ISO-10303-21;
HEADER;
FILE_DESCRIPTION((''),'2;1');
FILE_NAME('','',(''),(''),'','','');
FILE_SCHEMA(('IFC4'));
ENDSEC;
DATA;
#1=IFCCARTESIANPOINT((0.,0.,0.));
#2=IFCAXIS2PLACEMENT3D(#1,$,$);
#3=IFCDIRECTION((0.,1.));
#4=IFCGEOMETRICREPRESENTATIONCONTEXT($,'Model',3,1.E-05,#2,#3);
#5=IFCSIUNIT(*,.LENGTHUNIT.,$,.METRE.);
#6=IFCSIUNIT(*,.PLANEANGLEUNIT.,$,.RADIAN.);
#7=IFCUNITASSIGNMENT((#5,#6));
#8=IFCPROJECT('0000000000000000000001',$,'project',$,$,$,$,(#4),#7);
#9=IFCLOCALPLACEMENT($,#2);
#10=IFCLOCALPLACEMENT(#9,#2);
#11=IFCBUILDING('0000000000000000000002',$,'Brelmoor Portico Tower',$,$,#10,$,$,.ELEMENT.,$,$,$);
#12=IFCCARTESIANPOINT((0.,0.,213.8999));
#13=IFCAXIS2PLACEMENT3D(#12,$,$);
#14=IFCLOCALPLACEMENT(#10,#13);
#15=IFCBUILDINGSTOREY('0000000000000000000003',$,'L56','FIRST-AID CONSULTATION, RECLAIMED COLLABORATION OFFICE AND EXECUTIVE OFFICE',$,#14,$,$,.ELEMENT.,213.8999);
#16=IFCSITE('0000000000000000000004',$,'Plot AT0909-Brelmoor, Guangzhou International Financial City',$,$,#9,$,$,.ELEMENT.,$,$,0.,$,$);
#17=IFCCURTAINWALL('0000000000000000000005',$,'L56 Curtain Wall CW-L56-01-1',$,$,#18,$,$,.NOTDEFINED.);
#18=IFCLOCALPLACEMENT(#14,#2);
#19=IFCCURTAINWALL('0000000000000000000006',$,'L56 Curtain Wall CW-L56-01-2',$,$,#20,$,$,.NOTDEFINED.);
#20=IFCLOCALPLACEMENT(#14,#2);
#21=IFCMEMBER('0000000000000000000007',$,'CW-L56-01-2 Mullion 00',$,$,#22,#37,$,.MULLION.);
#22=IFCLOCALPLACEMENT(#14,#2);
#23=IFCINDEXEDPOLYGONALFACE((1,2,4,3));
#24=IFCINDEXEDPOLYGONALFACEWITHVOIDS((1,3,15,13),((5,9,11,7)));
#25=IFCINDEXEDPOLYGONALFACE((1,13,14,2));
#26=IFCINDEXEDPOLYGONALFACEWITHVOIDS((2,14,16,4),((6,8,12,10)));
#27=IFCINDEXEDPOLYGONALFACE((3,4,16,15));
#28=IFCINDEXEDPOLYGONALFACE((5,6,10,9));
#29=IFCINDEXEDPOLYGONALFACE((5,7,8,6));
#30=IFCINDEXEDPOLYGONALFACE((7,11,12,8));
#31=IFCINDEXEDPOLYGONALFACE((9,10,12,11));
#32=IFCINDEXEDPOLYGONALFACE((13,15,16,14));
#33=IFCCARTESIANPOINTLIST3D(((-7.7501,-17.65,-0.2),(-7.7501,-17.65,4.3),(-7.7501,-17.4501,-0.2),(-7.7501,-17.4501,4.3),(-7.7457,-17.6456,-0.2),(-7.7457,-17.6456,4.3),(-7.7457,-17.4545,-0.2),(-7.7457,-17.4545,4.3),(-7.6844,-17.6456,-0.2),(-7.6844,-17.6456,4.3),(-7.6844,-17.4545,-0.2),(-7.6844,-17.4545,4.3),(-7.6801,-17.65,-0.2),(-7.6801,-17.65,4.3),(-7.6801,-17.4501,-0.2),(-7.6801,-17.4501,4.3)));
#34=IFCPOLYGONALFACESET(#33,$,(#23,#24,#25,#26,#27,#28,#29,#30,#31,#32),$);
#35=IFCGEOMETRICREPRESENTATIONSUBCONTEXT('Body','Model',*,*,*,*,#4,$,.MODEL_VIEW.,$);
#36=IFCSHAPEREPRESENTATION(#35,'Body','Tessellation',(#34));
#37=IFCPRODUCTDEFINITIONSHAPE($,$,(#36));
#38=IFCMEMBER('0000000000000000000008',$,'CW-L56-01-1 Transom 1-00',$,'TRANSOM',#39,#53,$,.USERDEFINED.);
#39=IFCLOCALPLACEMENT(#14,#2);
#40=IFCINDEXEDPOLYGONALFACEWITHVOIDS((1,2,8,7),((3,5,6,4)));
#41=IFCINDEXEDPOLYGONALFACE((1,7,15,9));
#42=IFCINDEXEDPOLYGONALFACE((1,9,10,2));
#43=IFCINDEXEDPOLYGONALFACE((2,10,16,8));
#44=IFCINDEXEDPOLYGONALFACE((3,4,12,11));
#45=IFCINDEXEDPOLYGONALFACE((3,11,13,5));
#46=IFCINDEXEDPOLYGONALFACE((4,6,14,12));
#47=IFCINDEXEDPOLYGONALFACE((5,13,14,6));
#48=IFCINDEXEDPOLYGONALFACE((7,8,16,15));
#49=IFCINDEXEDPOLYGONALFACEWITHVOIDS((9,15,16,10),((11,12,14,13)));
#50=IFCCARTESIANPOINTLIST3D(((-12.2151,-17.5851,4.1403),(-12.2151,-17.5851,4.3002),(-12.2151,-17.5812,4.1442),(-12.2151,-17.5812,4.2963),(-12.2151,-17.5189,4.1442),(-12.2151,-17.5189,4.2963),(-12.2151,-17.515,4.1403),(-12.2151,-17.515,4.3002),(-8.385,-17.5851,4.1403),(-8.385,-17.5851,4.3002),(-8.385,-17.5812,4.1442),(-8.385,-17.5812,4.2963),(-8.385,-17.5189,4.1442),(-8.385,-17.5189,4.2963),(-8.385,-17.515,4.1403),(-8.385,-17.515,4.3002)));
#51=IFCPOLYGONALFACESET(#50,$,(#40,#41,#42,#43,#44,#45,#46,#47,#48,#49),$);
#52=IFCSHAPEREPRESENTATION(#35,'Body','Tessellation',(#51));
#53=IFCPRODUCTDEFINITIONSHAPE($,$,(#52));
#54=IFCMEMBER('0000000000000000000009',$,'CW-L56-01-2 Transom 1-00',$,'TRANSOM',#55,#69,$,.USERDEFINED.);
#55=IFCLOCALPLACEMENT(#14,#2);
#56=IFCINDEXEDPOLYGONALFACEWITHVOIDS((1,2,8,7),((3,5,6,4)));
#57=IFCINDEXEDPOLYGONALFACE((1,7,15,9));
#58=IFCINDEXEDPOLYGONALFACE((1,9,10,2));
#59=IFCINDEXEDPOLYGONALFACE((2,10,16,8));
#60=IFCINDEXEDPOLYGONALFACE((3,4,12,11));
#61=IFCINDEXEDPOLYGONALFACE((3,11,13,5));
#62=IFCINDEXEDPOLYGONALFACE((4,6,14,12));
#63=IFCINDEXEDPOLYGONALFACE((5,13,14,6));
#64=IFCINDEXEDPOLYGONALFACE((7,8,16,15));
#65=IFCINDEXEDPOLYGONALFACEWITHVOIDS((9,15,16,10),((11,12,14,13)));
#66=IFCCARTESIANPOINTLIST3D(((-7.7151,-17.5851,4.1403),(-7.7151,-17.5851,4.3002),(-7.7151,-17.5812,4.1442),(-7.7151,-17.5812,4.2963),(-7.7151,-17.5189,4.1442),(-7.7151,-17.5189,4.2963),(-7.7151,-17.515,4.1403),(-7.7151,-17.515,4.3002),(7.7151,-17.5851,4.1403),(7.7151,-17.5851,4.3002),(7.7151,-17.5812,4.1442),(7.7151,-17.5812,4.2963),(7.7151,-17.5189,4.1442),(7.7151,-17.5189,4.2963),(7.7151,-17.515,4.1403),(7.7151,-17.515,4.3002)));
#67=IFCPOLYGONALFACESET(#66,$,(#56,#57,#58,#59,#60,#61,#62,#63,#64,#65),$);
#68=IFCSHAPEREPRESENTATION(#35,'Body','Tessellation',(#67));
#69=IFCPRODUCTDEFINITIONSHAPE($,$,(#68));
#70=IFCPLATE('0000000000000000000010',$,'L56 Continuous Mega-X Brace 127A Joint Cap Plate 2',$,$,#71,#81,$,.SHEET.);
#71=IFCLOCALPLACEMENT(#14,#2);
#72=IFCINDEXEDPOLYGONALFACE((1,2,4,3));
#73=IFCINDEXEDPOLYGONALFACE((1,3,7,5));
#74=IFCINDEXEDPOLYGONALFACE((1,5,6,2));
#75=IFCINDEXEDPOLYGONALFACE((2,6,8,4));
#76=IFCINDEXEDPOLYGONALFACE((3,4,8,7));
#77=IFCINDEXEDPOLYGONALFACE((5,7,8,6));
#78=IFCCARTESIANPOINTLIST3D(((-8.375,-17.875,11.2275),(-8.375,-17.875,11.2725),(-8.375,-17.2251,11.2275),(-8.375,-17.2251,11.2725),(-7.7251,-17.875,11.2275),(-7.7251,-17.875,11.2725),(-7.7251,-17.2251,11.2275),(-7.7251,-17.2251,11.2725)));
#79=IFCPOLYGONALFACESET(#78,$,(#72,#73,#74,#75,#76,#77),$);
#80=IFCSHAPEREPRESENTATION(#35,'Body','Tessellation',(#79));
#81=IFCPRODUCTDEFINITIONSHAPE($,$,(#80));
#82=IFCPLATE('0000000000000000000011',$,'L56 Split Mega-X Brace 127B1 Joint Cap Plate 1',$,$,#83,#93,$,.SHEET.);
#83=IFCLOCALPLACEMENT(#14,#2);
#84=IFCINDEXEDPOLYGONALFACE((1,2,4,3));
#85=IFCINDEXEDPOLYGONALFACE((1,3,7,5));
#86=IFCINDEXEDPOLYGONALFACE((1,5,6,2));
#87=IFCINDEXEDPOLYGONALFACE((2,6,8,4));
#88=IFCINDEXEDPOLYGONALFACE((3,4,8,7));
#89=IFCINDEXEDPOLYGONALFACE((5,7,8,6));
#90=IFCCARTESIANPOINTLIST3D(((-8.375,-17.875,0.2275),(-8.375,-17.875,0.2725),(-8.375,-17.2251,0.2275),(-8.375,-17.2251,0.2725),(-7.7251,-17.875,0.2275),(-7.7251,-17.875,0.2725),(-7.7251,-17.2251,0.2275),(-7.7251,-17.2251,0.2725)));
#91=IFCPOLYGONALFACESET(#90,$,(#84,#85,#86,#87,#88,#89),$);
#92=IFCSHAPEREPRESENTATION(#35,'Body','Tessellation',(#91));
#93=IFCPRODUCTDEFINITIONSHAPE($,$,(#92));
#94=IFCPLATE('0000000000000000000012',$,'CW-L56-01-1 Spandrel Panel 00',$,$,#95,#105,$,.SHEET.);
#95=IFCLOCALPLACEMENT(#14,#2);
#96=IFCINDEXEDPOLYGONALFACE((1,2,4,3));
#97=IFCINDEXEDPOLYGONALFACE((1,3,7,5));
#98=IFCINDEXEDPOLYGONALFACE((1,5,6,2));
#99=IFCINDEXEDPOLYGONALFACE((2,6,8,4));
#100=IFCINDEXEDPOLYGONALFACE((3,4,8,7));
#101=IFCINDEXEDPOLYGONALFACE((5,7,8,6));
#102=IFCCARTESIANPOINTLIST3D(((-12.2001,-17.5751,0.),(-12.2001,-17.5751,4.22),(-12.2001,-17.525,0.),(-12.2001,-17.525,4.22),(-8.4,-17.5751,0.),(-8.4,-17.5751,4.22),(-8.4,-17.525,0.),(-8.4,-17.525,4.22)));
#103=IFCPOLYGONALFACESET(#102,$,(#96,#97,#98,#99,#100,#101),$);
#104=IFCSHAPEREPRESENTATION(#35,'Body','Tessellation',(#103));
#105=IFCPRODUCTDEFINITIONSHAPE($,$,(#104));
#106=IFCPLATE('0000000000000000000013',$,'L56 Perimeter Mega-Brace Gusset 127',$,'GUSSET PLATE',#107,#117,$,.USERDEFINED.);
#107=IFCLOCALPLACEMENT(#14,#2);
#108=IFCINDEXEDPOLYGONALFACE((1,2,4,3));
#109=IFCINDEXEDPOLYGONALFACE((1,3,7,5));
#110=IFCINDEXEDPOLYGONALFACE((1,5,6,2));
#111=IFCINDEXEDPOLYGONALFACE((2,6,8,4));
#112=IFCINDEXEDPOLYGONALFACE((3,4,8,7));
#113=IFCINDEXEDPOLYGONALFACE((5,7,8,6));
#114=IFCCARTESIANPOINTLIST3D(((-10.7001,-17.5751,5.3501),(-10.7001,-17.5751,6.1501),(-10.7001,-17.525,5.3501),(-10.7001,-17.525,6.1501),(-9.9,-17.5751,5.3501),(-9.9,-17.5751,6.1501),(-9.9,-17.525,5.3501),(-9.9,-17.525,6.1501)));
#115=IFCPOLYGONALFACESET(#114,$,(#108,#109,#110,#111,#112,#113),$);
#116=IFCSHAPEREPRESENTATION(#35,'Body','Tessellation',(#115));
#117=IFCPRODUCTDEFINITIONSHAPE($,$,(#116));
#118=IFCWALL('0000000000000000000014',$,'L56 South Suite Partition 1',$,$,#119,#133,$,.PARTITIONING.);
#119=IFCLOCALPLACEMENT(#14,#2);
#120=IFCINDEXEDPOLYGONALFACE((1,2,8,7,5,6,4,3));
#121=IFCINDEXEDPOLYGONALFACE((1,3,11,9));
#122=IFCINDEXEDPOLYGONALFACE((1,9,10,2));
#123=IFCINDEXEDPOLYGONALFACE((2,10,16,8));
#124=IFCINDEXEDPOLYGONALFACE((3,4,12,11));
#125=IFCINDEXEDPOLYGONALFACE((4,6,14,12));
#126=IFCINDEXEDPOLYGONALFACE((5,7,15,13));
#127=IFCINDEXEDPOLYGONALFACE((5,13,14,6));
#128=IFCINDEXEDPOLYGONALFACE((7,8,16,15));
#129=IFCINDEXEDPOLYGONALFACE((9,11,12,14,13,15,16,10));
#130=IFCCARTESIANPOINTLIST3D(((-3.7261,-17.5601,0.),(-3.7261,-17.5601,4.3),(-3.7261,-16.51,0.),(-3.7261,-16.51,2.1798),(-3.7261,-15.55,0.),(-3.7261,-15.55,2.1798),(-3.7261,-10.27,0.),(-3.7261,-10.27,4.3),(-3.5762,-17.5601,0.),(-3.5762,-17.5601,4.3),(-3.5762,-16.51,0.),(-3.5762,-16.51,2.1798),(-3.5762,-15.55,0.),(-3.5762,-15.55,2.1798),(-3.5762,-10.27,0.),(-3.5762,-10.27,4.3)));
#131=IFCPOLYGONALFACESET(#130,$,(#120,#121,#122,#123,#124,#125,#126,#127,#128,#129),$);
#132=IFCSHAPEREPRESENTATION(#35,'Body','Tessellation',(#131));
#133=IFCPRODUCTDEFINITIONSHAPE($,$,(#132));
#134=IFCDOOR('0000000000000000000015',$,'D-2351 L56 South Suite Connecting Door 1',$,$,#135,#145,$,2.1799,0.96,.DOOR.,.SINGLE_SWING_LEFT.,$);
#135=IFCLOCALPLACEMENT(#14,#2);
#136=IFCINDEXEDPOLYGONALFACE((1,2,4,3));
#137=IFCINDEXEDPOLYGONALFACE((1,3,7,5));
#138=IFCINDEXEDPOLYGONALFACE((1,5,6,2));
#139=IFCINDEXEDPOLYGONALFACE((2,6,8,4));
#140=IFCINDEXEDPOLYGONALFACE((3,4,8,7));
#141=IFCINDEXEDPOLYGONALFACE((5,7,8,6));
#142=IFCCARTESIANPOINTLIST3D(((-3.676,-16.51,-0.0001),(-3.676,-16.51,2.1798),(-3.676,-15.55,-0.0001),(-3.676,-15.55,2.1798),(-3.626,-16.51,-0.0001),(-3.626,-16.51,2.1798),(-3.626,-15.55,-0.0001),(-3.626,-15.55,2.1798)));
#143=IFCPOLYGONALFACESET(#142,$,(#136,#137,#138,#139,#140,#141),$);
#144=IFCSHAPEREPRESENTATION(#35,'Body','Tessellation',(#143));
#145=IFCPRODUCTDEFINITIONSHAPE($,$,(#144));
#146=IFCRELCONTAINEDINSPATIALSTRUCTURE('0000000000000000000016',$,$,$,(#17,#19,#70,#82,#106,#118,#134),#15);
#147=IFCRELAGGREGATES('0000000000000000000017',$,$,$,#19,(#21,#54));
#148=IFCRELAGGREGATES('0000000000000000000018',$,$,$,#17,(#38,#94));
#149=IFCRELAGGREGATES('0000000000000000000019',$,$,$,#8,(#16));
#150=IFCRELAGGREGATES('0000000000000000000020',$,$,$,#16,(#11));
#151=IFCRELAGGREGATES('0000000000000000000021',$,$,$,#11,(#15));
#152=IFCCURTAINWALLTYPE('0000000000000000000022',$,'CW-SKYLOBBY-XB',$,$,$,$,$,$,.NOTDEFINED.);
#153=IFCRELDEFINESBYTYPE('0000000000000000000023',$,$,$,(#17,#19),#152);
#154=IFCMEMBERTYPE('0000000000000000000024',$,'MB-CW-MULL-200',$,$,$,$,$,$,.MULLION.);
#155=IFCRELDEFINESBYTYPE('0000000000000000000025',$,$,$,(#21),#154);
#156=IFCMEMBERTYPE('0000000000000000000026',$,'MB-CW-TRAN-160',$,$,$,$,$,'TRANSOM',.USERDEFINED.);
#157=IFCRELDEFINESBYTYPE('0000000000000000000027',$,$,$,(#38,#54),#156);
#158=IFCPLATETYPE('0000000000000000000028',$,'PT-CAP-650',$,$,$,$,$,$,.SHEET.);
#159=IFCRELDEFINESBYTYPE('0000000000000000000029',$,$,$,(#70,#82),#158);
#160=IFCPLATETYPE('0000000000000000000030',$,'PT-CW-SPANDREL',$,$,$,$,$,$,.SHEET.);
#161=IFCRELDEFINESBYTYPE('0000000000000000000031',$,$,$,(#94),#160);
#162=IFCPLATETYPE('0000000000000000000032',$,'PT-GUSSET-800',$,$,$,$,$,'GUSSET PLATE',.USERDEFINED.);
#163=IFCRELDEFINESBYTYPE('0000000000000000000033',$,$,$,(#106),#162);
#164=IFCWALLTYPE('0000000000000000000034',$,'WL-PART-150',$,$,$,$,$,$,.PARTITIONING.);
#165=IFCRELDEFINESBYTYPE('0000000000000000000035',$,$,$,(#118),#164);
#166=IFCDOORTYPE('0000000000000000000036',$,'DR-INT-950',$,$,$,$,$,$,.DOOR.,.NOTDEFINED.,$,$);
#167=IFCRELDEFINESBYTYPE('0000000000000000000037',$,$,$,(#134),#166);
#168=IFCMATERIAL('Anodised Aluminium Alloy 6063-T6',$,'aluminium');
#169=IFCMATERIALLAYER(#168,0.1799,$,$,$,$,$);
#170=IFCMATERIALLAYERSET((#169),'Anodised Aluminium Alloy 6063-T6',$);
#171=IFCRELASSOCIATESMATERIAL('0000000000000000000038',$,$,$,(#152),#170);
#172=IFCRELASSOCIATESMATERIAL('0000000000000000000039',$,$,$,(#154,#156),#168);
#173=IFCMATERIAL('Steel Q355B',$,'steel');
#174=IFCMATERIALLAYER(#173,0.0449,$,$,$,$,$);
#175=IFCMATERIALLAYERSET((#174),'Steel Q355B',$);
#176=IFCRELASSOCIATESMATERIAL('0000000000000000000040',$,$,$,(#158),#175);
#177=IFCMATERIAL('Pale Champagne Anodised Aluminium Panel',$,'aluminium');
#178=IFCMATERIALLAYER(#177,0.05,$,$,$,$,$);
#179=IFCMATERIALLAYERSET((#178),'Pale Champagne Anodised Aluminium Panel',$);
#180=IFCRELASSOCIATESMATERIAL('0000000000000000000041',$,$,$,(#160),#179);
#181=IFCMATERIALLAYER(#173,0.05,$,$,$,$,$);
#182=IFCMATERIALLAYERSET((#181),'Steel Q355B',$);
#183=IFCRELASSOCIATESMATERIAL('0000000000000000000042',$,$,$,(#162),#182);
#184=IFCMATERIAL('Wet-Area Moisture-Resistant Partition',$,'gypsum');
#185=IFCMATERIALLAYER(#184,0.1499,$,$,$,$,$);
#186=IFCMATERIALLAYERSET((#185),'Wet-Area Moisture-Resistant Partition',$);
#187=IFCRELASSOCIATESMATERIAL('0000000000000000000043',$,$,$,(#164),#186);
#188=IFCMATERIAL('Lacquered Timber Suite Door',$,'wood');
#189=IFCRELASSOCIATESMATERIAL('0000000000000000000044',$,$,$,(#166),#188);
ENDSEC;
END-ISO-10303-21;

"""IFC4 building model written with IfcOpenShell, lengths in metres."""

from ifc_helpers import new_model, si_unit, direction, frame, frame_2d, origin, origin_2d, place, context, subcontext, project, spatial, rectangle, hollow_rectangle, extrude, material, layer, layer_set, material_profile, profile_set, type_object, element, fill, aggregate, save


model = new_model("IFC4")

# Units and contexts
model_context = context("Model", 3, precision=1e-05, world=origin(), true_north=direction((0.0, 1.0)))
body_context = subcontext(model_context, "Body", "Model", "MODEL_VIEW")
ifc_project = project(units=[si_unit("LENGTHUNIT", "METRE"), si_unit("PLANEANGLEUNIT", "RADIAN")], contexts=[model_context])

# Site, building, storey
site_placement = place(None, origin())
site = spatial("IfcSite", under=ifc_project, at=site_placement, Name="Plot AT0909-Brelmoor, Guangzhou International Financial City", CompositionType="ELEMENT", RefElevation=0.0)
building_placement = place(site_placement, origin())
building = spatial("IfcBuilding", under=site, at=building_placement, Name="Brelmoor Portico Tower", CompositionType="ELEMENT")
storey_placement = place(building_placement, frame((0.0, 0.0, 213.8999)))
storey = spatial("IfcBuildingStorey", under=building, at=storey_placement, Name="L56", Description="FIRST-AID CONSULTATION, RECLAIMED COLLABORATION OFFICE AND EXECUTIVE OFFICE", CompositionType="ELEMENT", Elevation=213.8999)

# Shared definitions
ifc_material_1 = material(Name="Steel Q355B", Category="steel")

# Curtain wall
ifc_material_2 = material(Name="Anodised Aluminium Alloy 6063-T6", Category="aluminium")
ifc_layer_1 = layer(ifc_material_2, 0.1799)
ifc_layer_set_1 = layer_set([ifc_layer_1], Name="Anodised Aluminium Alloy 6063-T6")
curtain_wall_type = type_object("IfcCurtainWallType", Name="CW-SKYLOBBY-XB", PredefinedType="NOTDEFINED", material=ifc_layer_set_1)
curtain_wall_1_placement = place(storey_placement, origin())
curtain_wall_1 = element("IfcCurtainWall", 1, at=curtain_wall_1_placement, inside=storey, type_object=curtain_wall_type, Name="L56 Curtain Wall CW-L56-01-1", PredefinedType="NOTDEFINED")
ifc_material_profile_1 = material_profile(ifc_material_2, hollow_rectangle(XDim=0.0701, YDim=0.2, WallThickness=0.0044, at=origin_2d()), Name="ALU MULLION 70x200")
ifc_profile_set_1 = profile_set([ifc_material_profile_1], Name="Anodised Aluminium Alloy 6063-T6")
member_type_1 = type_object("IfcMemberType", Name="MB-CW-MULL-200", PredefinedType="MULLION", material=ifc_profile_set_1)

# Curtain wall, member
curtain_wall_2_placement = place(storey_placement, origin())
curtain_wall_2 = element("IfcCurtainWall", 2, at=curtain_wall_2_placement, inside=storey, type_object=curtain_wall_type, Name="L56 Curtain Wall CW-L56-01-2", PredefinedType="NOTDEFINED")
member_1_placement = place(storey_placement, frame((-7.7151, -17.55, -0.2), z_axis=(0.0, 0.0, 1.0), x_axis=(1.0, 0.0, 0.0)))
member_1 = element("IfcMember", 3, at=member_1_placement, type_object=member_type_1, Name="CW-L56-01-2 Mullion 00", PredefinedType="MULLION", context=body_context, shape_type="SweptSolid", body=[
    extrude(hollow_rectangle(XDim=0.0701, YDim=0.2, WallThickness=0.0044, at=origin_2d()), origin(), (0.0, 0.0, 1.0), 4.5),
])

# Members
ifc_material_profile_2 = material_profile(ifc_material_2, hollow_rectangle(XDim=0.0701, YDim=0.1599, WallThickness=0.0039, at=origin_2d()), Name="ALU TRANSOM 70x160")
ifc_profile_set_2 = profile_set([ifc_material_profile_2], Name="Anodised Aluminium Alloy 6063-T6")
member_type_2 = type_object("IfcMemberType", Name="MB-CW-TRAN-160", ElementType="TRANSOM", PredefinedType="USERDEFINED", material=ifc_profile_set_2)
member_2_placement = place(storey_placement, frame((-12.2151, -17.55, 4.2202), z_axis=(1.0, 0.0, 0.0), x_axis=(0.0, 1.0, 0.0)))
member_2 = element("IfcMember", 4, at=member_2_placement, type_object=member_type_2, Name="CW-L56-01-1 Transom 1-00", ObjectType="TRANSOM", PredefinedType="USERDEFINED", context=body_context, shape_type="SweptSolid", body=[
    extrude(hollow_rectangle(XDim=0.0701, YDim=0.1599, WallThickness=0.0039, at=origin_2d()), origin(), (0.0, 0.0, 1.0), 3.8301),
])
member_3_placement = place(storey_placement, frame((-7.7151, -17.55, 4.2202), z_axis=(1.0, 0.0, 0.0), x_axis=(0.0, 1.0, 0.0)))
member_3 = element("IfcMember", 5, at=member_3_placement, type_object=member_type_2, Name="CW-L56-01-2 Transom 1-00", ObjectType="TRANSOM", PredefinedType="USERDEFINED", context=body_context, shape_type="SweptSolid", body=[
    extrude(hollow_rectangle(XDim=0.0701, YDim=0.1599, WallThickness=0.0039, at=origin_2d()), origin(), (0.0, 0.0, 1.0), 15.4302),
])
aggregate(curtain_wall_2, [member_1, member_3])

# Plates
ifc_layer_2 = layer(ifc_material_1, 0.0449)
ifc_layer_set_2 = layer_set([ifc_layer_2], Name="Steel Q355B")
plate_type_1 = type_object("IfcPlateType", Name="PT-CAP-650", PredefinedType="SHEET", material=ifc_layer_set_2)
for number, where, z_axis, x_axis, name in (
    (6, (-8.05, -17.55, 11.2275), (0.0, 0.0, 1.0), (1.0, 0.0, 0.0), "L56 Continuous Mega-X Brace 127A Joint Cap Plate 2"),
    (7, (-8.05, -17.55, 0.2275), (0.0, 0.0, 1.0), (1.0, 0.0, 0.0), "L56 Split Mega-X Brace 127B1 Joint Cap Plate 1"),
):
    element("IfcPlate", number, at=place(storey_placement, frame(where, z_axis=z_axis, x_axis=x_axis)), inside=storey, type_object=plate_type_1, Name=name, PredefinedType="SHEET", context=body_context, shape_type="SweptSolid", body=[
        extrude(rectangle(XDim=0.6499, YDim=0.6499, at=origin_2d()), origin(), (0.0, 0.0, 1.0), 0.0449),
    ])

# Plates
ifc_material_3 = material(Name="Pale Champagne Anodised Aluminium Panel", Category="aluminium")
ifc_layer_3 = layer(ifc_material_3, 0.05)
ifc_layer_set_3 = layer_set([ifc_layer_3], Name="Pale Champagne Anodised Aluminium Panel")
plate_type_2 = type_object("IfcPlateType", Name="PT-CW-SPANDREL", PredefinedType="SHEET", material=ifc_layer_set_3)
plate_1_placement = place(storey_placement, frame((-10.3, -17.55, 0.0), z_axis=(0.0, 0.0, 1.0), x_axis=(1.0, 0.0, 0.0)))
plate_1 = element("IfcPlate", 8, at=plate_1_placement, type_object=plate_type_2, Name="CW-L56-01-1 Spandrel Panel 00", PredefinedType="SHEET", context=body_context, shape_type="SweptSolid", body=[
    extrude(rectangle(XDim=3.8, YDim=0.05, at=origin_2d()), origin(), (0.0, 0.0, 1.0), 4.22),
])
aggregate(curtain_wall_1, [member_2, plate_1])
ifc_layer_4 = layer(ifc_material_1, 0.05)
ifc_layer_set_4 = layer_set([ifc_layer_4], Name="Steel Q355B")
plate_type_3 = type_object("IfcPlateType", Name="PT-GUSSET-800", ElementType="GUSSET PLATE", PredefinedType="USERDEFINED", material=ifc_layer_set_4)
plate_2_placement = place(storey_placement, frame((-10.3, -17.55, 5.3501), z_axis=(0.0, 0.0, 1.0), x_axis=(1.0, 0.0, 0.0)))
element("IfcPlate", 9, at=plate_2_placement, inside=storey, type_object=plate_type_3, Name="L56 Perimeter Mega-Brace Gusset 127", ObjectType="GUSSET PLATE", PredefinedType="USERDEFINED", context=body_context, shape_type="SweptSolid", body=[
    extrude(rectangle(XDim=0.8, YDim=0.05, at=origin_2d()), origin(), (0.0, 0.0, 1.0), 0.8),
])

# Wall, opening, door
ifc_material_4 = material(Name="Wet-Area Moisture-Resistant Partition", Category="gypsum")
ifc_layer_5 = layer(ifc_material_4, 0.1499)
ifc_layer_set_5 = layer_set([ifc_layer_5], Name="Wet-Area Moisture-Resistant Partition")
wall_type = type_object("IfcWallType", Name="WL-PART-150", PredefinedType="PARTITIONING", material=ifc_layer_set_5)
wall_placement = place(storey_placement, frame((-3.6511, -17.5601, 0.0), z_axis=(0.0, 0.0, 1.0), x_axis=(0.0, 1.0, 0.0)))
wall = element("IfcWall", 10, at=wall_placement, inside=storey, type_object=wall_type, Name="L56 South Suite Partition 1", PredefinedType="PARTITIONING", context=body_context, shape_type="SweptSolid", body=[
    extrude(rectangle(XDim=7.29, YDim=0.1499, at=frame_2d((3.645, 0.0))), origin(), (0.0, 0.0, 1.0), 4.3),
])
opening_placement = place(wall_placement, frame((1.05, 0.0, 0.0)))
opening = element("IfcOpeningElement", 11, at=opening_placement, cuts=wall, PredefinedType="OPENING", context=body_context, shape_type="SweptSolid", body=[
    extrude(rectangle(XDim=0.96, YDim=2.1799, at=frame_2d((0.48, 1.0898))), frame((0.0, 0.085, 0.0), z_axis=(0.0, -1.0, 0.0), x_axis=(1.0, 0.0, 0.0)), (0.0, 0.0, 1.0), 0.1699),
])
ifc_material_5 = material(Name="Lacquered Timber Suite Door", Category="wood")
door_type = type_object("IfcDoorType", Name="DR-INT-950", OperationType="NOTDEFINED", PredefinedType="DOOR", material=ifc_material_5)
door_placement = place(opening_placement, origin())
door = element("IfcDoor", 12, at=door_placement, inside=storey, type_object=door_type, Name="D-2351 L56 South Suite Connecting Door 1", OperationType="SINGLE_SWING_LEFT", OverallHeight=2.1799, OverallWidth=0.96, PredefinedType="DOOR", context=body_context, shape_type="SweptSolid", body=[
    extrude(rectangle(XDim=0.96, YDim=2.1799, at=frame_2d((0.48, 1.0898))), frame((0.0, 0.0249, 0.0), z_axis=(0.0, -1.0, 0.0), x_axis=(1.0, 0.0, 0.0)), (0.0, 0.0, 1.0), 0.05),
])
fill(opening, door)

save(model, "model.ifc")
